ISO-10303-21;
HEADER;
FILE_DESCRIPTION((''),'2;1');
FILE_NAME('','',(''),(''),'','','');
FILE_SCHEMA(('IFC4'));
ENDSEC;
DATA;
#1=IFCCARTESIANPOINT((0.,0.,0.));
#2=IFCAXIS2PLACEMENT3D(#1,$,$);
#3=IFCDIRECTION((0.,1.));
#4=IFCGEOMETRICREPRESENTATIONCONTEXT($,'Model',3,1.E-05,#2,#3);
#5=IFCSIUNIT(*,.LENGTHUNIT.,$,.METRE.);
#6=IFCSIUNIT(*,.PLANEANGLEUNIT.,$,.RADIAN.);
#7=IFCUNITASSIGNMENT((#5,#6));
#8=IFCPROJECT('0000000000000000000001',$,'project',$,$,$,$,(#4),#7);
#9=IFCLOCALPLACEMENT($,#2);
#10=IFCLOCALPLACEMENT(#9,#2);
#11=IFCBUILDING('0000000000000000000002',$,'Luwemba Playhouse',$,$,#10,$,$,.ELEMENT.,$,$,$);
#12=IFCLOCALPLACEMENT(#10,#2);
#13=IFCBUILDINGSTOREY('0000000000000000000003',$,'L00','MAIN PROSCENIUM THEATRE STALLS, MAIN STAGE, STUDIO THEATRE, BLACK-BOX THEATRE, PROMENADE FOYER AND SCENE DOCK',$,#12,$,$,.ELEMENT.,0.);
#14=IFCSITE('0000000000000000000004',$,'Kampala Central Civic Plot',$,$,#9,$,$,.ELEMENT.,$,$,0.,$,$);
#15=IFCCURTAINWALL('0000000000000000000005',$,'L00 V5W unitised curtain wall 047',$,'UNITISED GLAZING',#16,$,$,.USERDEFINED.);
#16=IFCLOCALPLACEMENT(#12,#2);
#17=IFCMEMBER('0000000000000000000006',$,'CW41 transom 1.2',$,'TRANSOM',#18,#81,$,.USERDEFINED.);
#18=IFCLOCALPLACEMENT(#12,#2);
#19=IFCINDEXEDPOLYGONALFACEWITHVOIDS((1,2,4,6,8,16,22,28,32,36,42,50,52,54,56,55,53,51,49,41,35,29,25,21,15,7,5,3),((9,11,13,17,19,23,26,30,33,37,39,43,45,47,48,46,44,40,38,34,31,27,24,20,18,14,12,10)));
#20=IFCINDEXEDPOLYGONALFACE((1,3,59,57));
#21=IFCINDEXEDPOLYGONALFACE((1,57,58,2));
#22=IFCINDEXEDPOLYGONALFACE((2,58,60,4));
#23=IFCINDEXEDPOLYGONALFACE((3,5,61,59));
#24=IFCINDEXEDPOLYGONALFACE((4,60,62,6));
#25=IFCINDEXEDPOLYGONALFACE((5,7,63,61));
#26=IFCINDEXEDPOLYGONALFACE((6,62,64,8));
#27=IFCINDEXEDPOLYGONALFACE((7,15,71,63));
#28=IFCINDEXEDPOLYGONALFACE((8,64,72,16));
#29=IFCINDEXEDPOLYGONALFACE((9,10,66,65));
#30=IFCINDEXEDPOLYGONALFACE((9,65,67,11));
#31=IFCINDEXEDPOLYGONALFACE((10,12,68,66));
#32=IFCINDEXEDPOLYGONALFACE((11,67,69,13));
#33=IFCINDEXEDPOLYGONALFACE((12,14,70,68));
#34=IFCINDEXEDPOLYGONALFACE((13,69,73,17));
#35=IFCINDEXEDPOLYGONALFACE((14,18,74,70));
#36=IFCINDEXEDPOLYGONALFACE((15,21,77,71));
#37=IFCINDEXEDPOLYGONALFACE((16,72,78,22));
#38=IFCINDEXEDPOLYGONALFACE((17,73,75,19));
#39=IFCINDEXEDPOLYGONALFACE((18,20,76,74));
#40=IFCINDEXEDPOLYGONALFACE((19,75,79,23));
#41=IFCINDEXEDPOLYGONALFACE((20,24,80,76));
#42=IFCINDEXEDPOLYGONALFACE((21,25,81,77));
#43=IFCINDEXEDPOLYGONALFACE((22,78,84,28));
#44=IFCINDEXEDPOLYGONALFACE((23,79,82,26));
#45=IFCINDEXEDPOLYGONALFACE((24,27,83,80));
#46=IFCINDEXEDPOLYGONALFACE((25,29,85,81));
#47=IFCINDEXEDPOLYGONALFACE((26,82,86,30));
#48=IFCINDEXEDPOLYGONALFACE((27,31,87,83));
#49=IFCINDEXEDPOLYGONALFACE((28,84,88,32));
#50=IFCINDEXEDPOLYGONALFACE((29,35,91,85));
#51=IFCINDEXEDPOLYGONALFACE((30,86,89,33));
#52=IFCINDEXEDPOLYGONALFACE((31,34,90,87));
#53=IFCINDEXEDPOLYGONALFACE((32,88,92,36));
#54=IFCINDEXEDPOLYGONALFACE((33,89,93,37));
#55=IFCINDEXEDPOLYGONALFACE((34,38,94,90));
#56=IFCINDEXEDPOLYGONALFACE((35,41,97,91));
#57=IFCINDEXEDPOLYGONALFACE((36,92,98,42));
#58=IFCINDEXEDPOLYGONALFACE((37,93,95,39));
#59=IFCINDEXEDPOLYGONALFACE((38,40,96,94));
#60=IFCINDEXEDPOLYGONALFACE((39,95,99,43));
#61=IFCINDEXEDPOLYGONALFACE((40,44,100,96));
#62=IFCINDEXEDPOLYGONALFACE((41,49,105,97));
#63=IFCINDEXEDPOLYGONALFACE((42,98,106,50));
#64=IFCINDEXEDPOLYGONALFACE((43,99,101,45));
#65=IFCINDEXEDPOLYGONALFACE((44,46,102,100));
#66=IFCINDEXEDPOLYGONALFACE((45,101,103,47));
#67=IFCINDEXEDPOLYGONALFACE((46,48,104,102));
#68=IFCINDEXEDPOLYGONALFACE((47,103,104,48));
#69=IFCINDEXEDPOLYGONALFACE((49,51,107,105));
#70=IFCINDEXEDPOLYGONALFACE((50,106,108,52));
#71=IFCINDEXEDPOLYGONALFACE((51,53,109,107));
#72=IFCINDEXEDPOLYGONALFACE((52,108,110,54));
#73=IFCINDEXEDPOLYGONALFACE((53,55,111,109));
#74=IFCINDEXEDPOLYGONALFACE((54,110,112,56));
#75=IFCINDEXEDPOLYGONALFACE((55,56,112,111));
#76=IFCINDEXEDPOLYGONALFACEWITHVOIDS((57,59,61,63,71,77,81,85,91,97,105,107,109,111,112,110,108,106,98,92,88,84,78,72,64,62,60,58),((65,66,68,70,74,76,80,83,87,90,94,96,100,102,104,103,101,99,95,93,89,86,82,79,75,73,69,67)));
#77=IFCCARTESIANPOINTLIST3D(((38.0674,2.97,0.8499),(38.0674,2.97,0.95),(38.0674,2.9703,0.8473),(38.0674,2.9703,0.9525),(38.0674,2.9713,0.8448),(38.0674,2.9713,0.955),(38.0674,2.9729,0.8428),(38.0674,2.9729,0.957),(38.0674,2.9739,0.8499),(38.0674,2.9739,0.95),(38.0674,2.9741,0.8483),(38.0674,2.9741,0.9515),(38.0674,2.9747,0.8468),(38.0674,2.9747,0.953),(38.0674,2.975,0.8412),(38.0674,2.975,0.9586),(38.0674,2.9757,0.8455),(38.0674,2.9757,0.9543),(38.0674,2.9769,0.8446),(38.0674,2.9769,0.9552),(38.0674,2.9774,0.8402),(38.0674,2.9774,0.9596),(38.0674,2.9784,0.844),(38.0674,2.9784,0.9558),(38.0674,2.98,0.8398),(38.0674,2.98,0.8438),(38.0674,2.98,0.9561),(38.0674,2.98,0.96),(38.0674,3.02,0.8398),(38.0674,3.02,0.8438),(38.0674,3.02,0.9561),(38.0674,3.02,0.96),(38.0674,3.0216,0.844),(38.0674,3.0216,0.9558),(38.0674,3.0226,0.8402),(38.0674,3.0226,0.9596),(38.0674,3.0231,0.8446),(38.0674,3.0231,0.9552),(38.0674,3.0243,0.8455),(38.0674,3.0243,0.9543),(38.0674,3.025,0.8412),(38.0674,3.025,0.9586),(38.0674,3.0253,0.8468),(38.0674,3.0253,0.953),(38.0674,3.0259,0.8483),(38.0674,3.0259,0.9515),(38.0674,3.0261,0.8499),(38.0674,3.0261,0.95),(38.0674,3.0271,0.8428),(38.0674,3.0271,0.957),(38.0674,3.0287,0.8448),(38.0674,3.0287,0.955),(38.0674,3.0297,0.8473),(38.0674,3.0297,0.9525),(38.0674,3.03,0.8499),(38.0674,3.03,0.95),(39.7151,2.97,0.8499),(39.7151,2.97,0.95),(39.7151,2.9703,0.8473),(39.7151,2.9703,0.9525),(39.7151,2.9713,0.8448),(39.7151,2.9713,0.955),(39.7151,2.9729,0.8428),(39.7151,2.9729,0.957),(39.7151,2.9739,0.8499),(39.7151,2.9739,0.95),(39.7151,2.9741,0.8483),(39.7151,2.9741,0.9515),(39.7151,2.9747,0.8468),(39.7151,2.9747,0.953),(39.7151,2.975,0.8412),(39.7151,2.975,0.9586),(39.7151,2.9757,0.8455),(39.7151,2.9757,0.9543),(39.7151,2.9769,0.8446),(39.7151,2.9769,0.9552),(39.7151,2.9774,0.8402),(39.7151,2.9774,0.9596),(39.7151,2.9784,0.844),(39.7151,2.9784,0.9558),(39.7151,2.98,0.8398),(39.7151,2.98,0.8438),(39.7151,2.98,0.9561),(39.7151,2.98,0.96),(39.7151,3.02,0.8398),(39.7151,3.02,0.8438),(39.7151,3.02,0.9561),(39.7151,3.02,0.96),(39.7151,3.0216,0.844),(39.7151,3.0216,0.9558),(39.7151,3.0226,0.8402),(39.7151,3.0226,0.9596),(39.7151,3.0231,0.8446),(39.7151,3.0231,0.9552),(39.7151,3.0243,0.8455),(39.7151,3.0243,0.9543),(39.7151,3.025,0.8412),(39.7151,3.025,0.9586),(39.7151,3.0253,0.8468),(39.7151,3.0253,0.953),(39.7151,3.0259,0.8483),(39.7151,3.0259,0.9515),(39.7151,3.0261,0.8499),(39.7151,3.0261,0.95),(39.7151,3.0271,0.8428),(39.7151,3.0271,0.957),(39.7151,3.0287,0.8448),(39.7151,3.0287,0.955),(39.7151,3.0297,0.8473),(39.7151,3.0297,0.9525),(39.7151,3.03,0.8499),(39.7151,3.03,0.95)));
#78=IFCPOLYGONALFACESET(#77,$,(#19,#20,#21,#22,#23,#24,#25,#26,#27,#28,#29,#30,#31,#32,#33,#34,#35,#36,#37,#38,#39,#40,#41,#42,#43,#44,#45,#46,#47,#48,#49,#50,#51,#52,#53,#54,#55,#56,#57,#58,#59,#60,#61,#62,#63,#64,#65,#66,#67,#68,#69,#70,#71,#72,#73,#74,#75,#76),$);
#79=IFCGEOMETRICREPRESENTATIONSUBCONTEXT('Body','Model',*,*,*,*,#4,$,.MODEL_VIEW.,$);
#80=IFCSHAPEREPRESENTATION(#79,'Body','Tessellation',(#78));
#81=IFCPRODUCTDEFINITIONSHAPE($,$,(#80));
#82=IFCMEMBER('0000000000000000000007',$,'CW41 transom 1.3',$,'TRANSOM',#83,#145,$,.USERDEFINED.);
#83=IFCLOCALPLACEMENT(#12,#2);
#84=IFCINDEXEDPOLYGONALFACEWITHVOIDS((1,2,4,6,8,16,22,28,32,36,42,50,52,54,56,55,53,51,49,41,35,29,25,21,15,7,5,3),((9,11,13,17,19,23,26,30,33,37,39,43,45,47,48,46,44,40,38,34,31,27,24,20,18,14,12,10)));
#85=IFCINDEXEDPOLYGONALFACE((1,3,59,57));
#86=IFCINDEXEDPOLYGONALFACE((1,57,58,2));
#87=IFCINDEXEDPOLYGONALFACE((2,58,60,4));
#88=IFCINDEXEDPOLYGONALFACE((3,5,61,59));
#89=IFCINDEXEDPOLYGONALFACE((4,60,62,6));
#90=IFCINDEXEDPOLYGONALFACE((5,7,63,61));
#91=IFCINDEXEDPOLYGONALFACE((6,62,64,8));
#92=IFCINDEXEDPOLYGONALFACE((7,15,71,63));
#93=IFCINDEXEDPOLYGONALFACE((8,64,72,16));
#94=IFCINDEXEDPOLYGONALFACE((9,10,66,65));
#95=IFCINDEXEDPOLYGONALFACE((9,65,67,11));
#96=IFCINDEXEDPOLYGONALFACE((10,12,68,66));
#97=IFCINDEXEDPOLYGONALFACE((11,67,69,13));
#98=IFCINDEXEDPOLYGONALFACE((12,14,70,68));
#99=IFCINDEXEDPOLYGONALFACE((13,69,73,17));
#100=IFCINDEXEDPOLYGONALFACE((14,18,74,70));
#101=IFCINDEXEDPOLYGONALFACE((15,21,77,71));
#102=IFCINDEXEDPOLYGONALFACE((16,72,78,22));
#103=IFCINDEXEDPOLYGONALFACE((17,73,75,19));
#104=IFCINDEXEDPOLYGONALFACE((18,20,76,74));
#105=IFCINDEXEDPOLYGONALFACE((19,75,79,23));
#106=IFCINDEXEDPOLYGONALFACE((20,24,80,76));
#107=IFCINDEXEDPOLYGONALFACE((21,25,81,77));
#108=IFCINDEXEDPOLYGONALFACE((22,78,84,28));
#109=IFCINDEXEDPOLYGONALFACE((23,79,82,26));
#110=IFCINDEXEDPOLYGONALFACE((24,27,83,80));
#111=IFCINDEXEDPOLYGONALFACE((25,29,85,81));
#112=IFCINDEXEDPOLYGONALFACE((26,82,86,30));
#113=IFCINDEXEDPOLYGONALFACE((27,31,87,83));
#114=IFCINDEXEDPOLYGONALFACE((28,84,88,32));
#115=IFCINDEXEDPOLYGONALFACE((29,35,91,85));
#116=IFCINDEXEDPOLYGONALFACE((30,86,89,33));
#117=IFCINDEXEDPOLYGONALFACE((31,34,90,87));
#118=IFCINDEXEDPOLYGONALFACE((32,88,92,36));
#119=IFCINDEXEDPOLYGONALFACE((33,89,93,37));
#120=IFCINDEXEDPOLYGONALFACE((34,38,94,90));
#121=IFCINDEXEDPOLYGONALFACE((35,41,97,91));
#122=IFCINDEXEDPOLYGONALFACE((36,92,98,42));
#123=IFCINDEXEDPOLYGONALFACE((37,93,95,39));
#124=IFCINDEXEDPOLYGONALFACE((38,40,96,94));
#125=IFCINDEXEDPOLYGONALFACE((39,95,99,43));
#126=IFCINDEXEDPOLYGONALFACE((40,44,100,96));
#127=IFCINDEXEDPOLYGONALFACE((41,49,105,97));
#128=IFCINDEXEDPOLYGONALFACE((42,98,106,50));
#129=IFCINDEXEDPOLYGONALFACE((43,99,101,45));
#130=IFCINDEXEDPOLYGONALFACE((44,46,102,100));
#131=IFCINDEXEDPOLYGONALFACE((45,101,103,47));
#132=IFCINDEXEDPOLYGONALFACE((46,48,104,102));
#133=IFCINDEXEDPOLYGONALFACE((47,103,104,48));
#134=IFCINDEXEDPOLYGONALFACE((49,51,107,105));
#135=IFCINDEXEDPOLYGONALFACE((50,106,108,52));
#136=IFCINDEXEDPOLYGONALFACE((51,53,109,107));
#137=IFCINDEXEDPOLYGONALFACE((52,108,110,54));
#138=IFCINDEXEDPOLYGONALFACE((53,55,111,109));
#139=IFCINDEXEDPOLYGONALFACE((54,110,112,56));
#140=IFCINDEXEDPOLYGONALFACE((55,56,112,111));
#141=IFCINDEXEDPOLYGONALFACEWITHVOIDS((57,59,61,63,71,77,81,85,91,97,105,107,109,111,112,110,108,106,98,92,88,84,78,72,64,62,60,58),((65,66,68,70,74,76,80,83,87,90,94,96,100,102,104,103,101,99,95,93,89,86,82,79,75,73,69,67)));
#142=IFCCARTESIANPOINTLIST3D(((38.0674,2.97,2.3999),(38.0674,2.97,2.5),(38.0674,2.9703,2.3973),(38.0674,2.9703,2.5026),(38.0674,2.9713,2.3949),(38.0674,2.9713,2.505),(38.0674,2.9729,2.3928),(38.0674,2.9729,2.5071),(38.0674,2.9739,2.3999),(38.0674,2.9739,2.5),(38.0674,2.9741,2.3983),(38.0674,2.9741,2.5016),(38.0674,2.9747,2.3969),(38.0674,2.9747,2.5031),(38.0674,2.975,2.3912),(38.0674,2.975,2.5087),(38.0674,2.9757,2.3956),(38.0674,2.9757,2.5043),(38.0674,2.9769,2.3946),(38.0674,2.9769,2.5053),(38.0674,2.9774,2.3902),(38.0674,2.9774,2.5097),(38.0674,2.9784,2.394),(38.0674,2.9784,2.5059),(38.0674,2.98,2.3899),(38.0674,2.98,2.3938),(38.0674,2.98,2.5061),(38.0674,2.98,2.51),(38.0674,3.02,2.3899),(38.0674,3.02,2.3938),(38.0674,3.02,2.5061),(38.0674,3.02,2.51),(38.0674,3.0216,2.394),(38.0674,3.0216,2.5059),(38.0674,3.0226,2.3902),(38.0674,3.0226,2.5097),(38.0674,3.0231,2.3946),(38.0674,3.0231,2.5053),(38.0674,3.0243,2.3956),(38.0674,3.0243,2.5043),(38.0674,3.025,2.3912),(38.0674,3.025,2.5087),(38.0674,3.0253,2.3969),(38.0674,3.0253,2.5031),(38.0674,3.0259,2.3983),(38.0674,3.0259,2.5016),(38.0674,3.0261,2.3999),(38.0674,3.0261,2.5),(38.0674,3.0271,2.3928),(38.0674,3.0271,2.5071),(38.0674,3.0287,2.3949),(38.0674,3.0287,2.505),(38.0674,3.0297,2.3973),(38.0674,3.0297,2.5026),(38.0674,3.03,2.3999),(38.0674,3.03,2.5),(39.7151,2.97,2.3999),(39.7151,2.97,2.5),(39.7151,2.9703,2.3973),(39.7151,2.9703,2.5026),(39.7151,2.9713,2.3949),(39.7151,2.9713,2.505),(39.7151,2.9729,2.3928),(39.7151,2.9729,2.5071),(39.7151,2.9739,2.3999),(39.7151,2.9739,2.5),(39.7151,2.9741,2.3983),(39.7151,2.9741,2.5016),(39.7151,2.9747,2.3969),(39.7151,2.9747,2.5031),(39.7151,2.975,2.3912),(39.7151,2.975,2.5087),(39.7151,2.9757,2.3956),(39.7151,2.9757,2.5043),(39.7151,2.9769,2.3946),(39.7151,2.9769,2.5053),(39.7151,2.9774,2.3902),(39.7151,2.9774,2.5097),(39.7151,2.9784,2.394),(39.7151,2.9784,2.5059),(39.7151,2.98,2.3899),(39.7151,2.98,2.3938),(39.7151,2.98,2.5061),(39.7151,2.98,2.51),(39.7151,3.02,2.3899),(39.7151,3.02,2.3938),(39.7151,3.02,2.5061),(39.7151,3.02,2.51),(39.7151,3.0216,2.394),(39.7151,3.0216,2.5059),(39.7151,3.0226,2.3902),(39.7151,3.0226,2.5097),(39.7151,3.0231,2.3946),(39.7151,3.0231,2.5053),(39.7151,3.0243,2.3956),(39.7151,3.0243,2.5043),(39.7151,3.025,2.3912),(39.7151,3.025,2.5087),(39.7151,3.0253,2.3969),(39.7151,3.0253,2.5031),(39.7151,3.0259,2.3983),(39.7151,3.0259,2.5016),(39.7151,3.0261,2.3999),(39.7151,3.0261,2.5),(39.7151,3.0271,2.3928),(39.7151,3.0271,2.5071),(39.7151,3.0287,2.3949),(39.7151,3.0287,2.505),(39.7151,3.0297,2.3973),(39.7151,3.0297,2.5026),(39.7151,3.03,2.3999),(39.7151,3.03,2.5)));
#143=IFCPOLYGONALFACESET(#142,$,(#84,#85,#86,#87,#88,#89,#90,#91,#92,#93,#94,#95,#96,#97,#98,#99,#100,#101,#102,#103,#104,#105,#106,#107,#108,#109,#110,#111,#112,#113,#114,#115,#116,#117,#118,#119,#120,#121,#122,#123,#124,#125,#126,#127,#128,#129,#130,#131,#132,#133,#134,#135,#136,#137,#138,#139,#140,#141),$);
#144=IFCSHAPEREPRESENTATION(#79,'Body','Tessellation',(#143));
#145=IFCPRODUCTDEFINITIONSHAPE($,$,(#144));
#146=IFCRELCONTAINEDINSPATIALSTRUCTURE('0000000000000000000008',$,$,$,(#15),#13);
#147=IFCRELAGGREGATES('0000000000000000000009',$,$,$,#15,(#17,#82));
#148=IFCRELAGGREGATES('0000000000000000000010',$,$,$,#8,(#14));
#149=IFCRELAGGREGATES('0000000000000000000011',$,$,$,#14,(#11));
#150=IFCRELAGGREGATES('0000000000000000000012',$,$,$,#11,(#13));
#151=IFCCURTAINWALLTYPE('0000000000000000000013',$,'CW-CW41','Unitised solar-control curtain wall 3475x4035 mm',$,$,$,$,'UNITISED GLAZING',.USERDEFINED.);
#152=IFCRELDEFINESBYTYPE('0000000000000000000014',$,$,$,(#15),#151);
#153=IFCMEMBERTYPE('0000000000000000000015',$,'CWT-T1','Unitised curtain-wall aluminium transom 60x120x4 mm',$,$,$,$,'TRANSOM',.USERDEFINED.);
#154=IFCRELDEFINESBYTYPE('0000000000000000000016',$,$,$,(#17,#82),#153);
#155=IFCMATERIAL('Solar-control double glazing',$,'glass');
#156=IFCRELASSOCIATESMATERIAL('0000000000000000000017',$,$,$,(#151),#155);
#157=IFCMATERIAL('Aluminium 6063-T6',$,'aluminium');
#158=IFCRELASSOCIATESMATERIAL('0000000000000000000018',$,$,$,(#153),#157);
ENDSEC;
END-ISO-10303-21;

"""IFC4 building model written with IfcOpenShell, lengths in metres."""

from ifc_helpers import new_model, si_unit, direction, frame, origin, origin_2d, place, context, subcontext, project, spatial, hollow_rectangle, extrude, material, material_profile, profile_set, type_object, element, aggregate, save


model = new_model("IFC4")

# Units and contexts
model_context = context("Model", 3, precision=1e-05, world=origin(), true_north=direction((0.0, 1.0)))
body_context = subcontext(model_context, "Body", "Model", "MODEL_VIEW")
ifc_project = project(units=[si_unit("LENGTHUNIT", "METRE"), si_unit("PLANEANGLEUNIT", "RADIAN")], contexts=[model_context])

# Site, building, storey
site_placement = place(None, origin())
site = spatial("IfcSite", under=ifc_project, at=site_placement, Name="Kampala Central Civic Plot", CompositionType="ELEMENT", RefElevation=0.0)
building_placement = place(site_placement, origin())
building = spatial("IfcBuilding", under=site, at=building_placement, Name="Luwemba Playhouse", CompositionType="ELEMENT")
storey_placement = place(building_placement, origin())
storey = spatial("IfcBuildingStorey", under=building, at=storey_placement, Name="L00", Description="MAIN PROSCENIUM THEATRE STALLS, MAIN STAGE, STUDIO THEATRE, BLACK-BOX THEATRE, PROMENADE FOYER AND SCENE DOCK", CompositionType="ELEMENT", Elevation=0.0)

# Curtain wall
ifc_material_1 = material(Name="Solar-control double glazing", Category="glass")
curtain_wall_type_1 = type_object("IfcCurtainWallType", Name="CW-CW41", Description="Unitised solar-control curtain wall 3475x4035 mm", ElementType="UNITISED GLAZING", PredefinedType="USERDEFINED", material=ifc_material_1)
curtain_wall_1_placement = place(storey_placement, origin())
curtain_wall_1 = element("IfcCurtainWall", 1, at=curtain_wall_1_placement, inside=storey, type_object=curtain_wall_type_1, Name="L00 V5W unitised curtain wall 047", ObjectType="UNITISED GLAZING", PredefinedType="USERDEFINED")
ifc_material_2 = material(Name="Aluminium 6063-T6", Category="aluminium")

# Members
ifc_material_profile_1 = material_profile(ifc_material_2, hollow_rectangle(XDim=0.0601, YDim=0.1201, WallThickness=0.0039, InnerFilletRadius=0.0061, OuterFilletRadius=0.01, at=origin_2d()))
ifc_profile_set_1 = profile_set([ifc_material_profile_1], Name="Aluminium 6063-T6")
member_type_1 = type_object("IfcMemberType", Name="CWT-T1", Description="Unitised curtain-wall aluminium transom 60x120x4 mm", ElementType="TRANSOM", PredefinedType="USERDEFINED", material=ifc_profile_set_1)
member_1_placement = place(storey_placement, frame((39.7151, 3.0, 0.8999), z_axis=(-1.0, 0.0, 0.0), x_axis=(0.0, -1.0, 0.0)))
member_1 = element("IfcMember", 2, at=member_1_placement, type_object=member_type_1, Name="CW41 transom 1.2", ObjectType="TRANSOM", PredefinedType="USERDEFINED", context=body_context, shape_type="SweptSolid", body=[
    extrude(hollow_rectangle(XDim=0.0601, YDim=0.1201, WallThickness=0.0039, InnerFilletRadius=0.0061, OuterFilletRadius=0.01, at=origin_2d()), origin(), (0.0, 0.0, 1.0), 1.6477),
])
member_2_placement = place(storey_placement, frame((39.7151, 3.0, 2.45), z_axis=(-1.0, 0.0, 0.0), x_axis=(0.0, -1.0, 0.0)))
member_2 = element("IfcMember", 3, at=member_2_placement, type_object=member_type_1, Name="CW41 transom 1.3", ObjectType="TRANSOM", PredefinedType="USERDEFINED", context=body_context, shape_type="SweptSolid", body=[
    extrude(hollow_rectangle(XDim=0.0601, YDim=0.1201, WallThickness=0.0039, InnerFilletRadius=0.0061, OuterFilletRadius=0.01, at=origin_2d()), origin(), (0.0, 0.0, 1.0), 1.6477),
])

aggregate(curtain_wall_1, [member_1, member_2])

save(model, "model.ifc")
